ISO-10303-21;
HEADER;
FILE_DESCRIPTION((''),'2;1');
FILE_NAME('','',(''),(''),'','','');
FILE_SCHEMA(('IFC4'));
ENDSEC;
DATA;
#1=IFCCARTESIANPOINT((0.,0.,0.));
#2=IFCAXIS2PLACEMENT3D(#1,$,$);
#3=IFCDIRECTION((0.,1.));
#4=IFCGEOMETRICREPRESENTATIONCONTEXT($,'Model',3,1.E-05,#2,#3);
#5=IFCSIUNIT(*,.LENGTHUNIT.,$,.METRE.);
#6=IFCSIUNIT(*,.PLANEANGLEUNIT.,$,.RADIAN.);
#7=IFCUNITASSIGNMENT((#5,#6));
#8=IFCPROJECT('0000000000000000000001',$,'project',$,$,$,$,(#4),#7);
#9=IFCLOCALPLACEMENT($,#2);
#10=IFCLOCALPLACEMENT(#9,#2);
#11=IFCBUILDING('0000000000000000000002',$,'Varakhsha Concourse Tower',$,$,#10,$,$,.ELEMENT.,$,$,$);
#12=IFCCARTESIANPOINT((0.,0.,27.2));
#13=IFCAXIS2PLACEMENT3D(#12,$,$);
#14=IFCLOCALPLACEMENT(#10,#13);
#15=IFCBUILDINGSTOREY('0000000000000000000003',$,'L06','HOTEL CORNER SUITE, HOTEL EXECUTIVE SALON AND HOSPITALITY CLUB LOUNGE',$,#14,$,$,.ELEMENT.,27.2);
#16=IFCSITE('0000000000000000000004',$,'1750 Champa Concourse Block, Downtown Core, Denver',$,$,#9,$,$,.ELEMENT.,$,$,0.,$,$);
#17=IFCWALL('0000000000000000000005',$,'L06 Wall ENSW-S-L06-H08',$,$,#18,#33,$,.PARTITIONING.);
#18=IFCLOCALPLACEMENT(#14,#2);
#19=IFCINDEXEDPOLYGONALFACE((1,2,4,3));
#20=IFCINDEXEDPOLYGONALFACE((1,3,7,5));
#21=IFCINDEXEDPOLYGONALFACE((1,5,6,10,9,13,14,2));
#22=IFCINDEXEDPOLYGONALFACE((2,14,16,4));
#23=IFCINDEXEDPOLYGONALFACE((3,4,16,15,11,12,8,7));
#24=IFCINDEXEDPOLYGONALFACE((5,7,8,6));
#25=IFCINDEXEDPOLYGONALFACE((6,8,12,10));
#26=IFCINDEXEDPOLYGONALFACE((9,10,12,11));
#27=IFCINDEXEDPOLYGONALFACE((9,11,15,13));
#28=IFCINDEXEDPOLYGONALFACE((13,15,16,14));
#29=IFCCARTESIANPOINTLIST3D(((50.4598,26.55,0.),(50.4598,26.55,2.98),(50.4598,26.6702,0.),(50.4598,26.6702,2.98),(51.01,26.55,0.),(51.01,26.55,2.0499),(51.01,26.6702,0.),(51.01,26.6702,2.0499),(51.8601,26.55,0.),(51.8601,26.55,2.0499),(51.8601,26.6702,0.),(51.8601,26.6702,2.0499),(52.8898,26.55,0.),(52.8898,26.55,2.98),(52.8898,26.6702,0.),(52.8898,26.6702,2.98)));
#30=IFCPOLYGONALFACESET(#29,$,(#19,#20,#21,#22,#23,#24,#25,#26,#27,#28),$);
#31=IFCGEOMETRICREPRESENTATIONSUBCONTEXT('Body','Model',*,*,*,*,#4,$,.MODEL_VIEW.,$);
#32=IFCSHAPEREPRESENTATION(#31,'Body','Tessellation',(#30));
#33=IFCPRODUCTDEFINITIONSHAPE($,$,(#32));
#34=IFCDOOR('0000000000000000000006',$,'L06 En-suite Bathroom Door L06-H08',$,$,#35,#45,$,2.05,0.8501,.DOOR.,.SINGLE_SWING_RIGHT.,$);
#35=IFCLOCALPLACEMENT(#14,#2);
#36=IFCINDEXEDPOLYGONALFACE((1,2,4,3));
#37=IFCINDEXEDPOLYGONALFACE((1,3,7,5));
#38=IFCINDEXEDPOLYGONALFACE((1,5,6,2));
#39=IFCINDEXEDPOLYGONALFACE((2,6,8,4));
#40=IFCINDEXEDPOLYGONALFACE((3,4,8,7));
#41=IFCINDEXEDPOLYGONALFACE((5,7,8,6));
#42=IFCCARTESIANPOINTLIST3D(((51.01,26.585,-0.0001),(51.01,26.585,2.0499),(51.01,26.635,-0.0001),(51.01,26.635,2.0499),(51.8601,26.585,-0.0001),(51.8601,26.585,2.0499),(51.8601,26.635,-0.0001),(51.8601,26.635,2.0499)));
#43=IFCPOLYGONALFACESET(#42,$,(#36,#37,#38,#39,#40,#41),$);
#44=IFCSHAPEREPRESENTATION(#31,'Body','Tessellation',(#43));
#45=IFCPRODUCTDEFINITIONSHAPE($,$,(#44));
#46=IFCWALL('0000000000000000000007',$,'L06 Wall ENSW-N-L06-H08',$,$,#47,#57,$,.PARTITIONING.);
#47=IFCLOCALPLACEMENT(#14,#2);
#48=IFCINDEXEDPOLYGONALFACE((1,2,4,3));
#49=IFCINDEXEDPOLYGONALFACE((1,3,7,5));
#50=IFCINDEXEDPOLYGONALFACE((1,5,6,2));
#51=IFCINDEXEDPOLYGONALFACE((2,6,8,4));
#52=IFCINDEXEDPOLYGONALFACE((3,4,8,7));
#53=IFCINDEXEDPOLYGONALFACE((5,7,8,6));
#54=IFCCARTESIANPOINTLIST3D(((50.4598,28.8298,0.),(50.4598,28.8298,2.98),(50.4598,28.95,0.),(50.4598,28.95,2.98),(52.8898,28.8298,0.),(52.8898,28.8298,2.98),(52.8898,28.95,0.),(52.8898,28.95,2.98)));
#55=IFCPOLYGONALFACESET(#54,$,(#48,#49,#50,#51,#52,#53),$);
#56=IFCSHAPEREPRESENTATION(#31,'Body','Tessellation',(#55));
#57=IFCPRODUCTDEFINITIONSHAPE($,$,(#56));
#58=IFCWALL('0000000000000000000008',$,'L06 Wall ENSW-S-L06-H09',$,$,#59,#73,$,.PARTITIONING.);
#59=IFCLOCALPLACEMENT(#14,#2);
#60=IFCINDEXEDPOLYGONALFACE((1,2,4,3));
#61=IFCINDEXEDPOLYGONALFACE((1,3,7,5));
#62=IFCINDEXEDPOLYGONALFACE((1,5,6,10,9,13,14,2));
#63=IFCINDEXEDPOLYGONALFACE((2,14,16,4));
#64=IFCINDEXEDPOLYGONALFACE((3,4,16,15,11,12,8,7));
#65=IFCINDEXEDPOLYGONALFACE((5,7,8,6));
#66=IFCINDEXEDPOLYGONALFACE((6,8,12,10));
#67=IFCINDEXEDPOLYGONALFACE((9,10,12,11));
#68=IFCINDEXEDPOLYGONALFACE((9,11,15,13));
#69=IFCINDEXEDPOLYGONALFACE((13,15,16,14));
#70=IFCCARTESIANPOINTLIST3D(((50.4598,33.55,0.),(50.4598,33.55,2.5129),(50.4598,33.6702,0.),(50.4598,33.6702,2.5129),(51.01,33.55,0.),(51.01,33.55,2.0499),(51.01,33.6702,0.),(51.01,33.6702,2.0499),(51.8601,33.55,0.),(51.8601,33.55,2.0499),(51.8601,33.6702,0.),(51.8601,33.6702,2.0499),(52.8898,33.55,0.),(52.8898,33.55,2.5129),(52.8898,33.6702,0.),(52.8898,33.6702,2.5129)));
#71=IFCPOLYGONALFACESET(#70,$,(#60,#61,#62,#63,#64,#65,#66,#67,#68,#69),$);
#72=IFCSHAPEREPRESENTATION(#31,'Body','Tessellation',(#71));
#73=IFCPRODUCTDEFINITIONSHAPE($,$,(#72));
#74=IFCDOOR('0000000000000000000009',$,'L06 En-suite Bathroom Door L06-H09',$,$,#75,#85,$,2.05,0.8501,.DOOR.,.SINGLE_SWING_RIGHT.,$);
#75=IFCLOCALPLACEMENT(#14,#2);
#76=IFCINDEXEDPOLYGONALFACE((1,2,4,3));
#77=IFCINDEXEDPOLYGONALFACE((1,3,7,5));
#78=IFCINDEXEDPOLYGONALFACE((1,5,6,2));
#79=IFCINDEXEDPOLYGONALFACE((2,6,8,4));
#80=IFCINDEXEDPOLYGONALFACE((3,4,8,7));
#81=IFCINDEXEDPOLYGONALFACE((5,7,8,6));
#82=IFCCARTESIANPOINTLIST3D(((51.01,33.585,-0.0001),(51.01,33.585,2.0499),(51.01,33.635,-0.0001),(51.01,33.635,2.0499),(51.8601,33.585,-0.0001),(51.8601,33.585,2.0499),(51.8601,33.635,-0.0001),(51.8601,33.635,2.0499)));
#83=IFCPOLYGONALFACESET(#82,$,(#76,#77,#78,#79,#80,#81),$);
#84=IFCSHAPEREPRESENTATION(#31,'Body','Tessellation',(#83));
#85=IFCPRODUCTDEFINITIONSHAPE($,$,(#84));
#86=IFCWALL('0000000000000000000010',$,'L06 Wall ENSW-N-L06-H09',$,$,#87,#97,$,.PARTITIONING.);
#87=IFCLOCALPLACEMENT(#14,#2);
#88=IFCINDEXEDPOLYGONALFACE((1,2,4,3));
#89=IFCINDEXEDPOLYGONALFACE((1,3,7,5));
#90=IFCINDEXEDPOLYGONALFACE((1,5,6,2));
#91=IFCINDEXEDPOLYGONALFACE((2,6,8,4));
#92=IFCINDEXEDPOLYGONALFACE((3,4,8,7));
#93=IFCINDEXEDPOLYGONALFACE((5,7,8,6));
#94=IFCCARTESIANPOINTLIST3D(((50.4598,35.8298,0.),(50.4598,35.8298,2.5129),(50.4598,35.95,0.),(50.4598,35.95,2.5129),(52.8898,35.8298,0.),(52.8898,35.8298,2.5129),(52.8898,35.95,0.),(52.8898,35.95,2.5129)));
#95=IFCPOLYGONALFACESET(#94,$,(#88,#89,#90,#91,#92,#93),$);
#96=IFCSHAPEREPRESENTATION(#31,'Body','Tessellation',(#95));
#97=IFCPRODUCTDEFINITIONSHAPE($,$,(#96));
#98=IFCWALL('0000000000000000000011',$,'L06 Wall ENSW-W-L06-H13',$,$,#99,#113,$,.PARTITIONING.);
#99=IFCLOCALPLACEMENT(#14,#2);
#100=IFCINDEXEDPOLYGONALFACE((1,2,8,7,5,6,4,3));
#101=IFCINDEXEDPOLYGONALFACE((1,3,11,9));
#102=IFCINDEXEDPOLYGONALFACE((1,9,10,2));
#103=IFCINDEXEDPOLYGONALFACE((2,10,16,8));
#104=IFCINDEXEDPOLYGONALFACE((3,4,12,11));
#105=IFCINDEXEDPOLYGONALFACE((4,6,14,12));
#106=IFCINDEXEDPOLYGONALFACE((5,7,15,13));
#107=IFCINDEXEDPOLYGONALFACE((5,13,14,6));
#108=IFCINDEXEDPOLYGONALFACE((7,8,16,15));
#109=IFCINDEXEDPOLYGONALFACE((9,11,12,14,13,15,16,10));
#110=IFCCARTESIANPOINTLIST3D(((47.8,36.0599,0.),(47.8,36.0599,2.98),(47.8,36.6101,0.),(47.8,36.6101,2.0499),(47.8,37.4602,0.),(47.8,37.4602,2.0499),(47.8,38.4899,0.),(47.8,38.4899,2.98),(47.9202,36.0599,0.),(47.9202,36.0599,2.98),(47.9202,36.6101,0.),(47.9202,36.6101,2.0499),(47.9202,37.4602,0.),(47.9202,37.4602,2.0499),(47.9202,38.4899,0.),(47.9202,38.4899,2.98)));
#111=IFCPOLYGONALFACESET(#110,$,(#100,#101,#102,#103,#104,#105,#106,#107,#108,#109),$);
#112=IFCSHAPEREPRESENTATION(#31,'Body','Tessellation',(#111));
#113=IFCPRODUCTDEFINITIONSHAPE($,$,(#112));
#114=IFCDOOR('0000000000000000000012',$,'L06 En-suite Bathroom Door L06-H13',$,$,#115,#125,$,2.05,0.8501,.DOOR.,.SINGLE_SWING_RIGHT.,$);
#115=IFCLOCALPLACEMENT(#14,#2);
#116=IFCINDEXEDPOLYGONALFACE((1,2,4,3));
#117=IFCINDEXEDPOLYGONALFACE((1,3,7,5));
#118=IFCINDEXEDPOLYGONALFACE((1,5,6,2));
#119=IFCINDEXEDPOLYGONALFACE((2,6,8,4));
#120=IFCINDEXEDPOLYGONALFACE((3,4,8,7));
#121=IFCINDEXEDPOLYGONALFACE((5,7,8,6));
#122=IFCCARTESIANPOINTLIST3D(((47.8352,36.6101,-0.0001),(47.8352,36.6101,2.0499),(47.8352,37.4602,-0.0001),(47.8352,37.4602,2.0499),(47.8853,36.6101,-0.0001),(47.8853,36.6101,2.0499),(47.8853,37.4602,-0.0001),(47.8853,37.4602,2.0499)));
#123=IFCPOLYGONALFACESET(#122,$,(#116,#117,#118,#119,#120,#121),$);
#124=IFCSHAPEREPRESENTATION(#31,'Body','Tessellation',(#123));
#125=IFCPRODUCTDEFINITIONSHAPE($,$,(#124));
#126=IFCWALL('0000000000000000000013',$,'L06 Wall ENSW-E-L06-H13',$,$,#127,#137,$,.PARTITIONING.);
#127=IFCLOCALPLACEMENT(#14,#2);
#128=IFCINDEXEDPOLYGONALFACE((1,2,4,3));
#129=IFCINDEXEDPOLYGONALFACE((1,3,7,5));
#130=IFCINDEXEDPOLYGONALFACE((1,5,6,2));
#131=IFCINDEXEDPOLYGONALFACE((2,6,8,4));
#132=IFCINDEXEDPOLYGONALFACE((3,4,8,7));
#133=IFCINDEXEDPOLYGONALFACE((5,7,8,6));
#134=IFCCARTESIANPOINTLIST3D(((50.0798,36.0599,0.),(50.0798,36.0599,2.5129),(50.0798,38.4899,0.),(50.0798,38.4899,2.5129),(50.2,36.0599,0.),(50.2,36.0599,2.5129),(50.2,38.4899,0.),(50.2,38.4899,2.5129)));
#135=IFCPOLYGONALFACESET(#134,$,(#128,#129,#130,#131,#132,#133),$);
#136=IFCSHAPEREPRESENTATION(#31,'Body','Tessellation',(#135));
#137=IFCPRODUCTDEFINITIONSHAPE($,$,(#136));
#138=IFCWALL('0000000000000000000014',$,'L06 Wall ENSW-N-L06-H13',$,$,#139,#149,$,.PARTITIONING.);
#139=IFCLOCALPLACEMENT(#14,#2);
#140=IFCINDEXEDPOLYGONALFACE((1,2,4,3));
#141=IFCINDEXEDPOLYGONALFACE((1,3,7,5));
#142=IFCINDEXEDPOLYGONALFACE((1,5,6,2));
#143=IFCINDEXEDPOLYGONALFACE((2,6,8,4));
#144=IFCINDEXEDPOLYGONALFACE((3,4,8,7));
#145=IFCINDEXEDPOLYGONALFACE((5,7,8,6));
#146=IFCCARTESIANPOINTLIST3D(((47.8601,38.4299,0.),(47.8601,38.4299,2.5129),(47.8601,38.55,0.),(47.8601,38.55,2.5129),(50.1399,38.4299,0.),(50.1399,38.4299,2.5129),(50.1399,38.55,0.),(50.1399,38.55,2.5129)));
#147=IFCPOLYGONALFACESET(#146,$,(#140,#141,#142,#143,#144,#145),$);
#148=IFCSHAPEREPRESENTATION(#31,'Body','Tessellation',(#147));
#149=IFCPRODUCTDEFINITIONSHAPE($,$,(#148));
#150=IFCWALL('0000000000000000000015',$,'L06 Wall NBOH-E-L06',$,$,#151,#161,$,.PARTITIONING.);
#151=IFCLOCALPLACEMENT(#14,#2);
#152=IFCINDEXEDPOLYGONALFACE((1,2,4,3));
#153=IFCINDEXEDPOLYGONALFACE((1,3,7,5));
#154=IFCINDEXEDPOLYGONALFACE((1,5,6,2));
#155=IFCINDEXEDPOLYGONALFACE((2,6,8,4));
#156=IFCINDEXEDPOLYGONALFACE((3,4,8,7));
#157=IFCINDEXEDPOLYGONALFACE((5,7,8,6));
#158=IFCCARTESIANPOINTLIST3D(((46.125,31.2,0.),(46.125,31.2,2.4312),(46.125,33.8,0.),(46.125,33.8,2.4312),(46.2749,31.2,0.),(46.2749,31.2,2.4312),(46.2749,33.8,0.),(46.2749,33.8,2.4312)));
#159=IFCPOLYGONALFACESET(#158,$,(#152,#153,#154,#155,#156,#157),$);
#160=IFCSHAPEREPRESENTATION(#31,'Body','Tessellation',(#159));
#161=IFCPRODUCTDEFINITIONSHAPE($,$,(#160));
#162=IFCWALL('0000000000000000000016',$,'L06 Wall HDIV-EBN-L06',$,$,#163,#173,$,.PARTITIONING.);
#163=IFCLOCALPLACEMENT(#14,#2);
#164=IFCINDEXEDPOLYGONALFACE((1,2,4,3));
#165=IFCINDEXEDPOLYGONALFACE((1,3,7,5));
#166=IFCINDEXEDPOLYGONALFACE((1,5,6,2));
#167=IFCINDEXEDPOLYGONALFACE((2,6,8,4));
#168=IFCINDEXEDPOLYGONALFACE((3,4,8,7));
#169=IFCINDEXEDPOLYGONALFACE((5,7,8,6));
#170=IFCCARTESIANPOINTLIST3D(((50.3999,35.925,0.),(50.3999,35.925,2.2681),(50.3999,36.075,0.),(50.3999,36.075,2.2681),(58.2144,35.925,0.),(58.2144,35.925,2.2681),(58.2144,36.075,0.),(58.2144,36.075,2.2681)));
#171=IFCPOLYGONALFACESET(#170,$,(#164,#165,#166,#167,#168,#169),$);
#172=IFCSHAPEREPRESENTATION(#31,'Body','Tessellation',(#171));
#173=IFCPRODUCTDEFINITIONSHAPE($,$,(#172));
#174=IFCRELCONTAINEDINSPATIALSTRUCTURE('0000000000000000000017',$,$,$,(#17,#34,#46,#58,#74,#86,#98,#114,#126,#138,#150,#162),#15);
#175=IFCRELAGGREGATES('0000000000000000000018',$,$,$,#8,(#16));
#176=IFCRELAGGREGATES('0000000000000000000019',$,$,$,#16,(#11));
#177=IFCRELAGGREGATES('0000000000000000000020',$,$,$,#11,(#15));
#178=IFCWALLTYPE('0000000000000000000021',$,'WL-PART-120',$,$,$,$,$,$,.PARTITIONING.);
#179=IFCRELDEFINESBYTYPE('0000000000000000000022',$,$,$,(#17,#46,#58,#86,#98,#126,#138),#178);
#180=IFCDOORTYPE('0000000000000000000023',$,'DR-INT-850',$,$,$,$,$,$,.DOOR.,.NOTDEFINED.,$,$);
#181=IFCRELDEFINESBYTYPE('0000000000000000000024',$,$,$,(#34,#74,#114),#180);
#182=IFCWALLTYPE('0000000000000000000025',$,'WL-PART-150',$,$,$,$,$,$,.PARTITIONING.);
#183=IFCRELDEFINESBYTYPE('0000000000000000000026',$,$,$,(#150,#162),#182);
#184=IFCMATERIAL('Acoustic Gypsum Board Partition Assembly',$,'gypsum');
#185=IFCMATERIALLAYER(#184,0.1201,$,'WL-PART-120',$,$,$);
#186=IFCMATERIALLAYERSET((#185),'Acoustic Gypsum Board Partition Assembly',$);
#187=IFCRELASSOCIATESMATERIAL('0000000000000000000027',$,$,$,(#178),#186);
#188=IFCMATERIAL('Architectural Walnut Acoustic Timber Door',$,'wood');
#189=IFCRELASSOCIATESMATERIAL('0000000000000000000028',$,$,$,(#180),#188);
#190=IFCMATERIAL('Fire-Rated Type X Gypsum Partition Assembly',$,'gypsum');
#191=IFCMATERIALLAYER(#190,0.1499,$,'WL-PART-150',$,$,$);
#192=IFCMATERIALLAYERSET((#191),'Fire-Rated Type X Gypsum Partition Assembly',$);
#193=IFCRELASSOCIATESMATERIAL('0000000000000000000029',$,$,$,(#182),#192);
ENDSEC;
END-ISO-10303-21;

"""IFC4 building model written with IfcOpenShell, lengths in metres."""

from ifc_helpers import new_model, si_unit, direction, frame, frame_2d, origin, place, context, subcontext, project, spatial, rectangle, extrude, material, layer, layer_set, type_object, element, fill, save


model = new_model("IFC4")

# Units and contexts
model_context = context("Model", 3, precision=1e-05, world=origin(), true_north=direction((0.0, 1.0)))
body_context = subcontext(model_context, "Body", "Model", "MODEL_VIEW")
ifc_project = project(units=[si_unit("LENGTHUNIT", "METRE"), si_unit("PLANEANGLEUNIT", "RADIAN")], contexts=[model_context])

# Site, building, storey
site_placement = place(None, origin())
site = spatial("IfcSite", under=ifc_project, at=site_placement, Name="1750 Champa Concourse Block, Downtown Core, Denver", CompositionType="ELEMENT", RefElevation=0.0)
building_placement = place(site_placement, origin())
building = spatial("IfcBuilding", under=site, at=building_placement, Name="Varakhsha Concourse Tower", CompositionType="ELEMENT")
storey_placement = place(building_placement, frame((0.0, 0.0, 27.2)))
storey = spatial("IfcBuildingStorey", under=building, at=storey_placement, Name="L06", Description="HOTEL CORNER SUITE, HOTEL EXECUTIVE SALON AND HOSPITALITY CLUB LOUNGE", CompositionType="ELEMENT", Elevation=27.2)

# Wall, opening, door
ifc_material_1 = material(Name="Acoustic Gypsum Board Partition Assembly", Category="gypsum")
ifc_layer_1 = layer(ifc_material_1, 0.1201, Name="WL-PART-120")
ifc_layer_set_1 = layer_set([ifc_layer_1], Name="Acoustic Gypsum Board Partition Assembly")
wall_type_1 = type_object("IfcWallType", Name="WL-PART-120", PredefinedType="PARTITIONING", material=ifc_layer_set_1)
wall_1_placement = place(storey_placement, frame((50.46, 26.6101, 0.0), z_axis=(0.0, 0.0, 1.0), x_axis=(1.0, 0.0, 0.0)))
wall_1 = element("IfcWall", 1, at=wall_1_placement, inside=storey, type_object=wall_type_1, Name="L06 Wall ENSW-S-L06-H08", PredefinedType="PARTITIONING", context=body_context, shape_type="SweptSolid", body=[
    extrude(rectangle(XDim=2.4299, YDim=0.1201, at=frame_2d((1.2148, 0.0))), origin(), (0.0, 0.0, 1.0), 2.98),
])
opening_1_placement = place(wall_1_placement, frame((0.55, 0.0, 0.0)))
opening_1 = element("IfcOpeningElement", 2, at=opening_1_placement, cuts=wall_1, PredefinedType="OPENING", context=body_context, shape_type="SweptSolid", body=[
    extrude(rectangle(XDim=0.8501, YDim=2.05, at=frame_2d((0.425, 1.0249))), frame((0.0, 0.0701, 0.0), z_axis=(0.0, -1.0, 0.0), x_axis=(1.0, 0.0, 0.0)), (0.0, 0.0, 1.0), 0.1401),
])
ifc_material_2 = material(Name="Architectural Walnut Acoustic Timber Door", Category="wood")
door_type = type_object("IfcDoorType", Name="DR-INT-850", OperationType="NOTDEFINED", PredefinedType="DOOR", material=ifc_material_2)
door_1_placement = place(opening_1_placement, origin())
door_1 = element("IfcDoor", 3, at=door_1_placement, inside=storey, type_object=door_type, Name="L06 En-suite Bathroom Door L06-H08", OperationType="SINGLE_SWING_RIGHT", OverallHeight=2.05, OverallWidth=0.8501, PredefinedType="DOOR", context=body_context, shape_type="SweptSolid", body=[
    extrude(rectangle(XDim=0.8501, YDim=2.05, at=frame_2d((0.425, 1.0249))), frame((0.0, 0.0249, 0.0), z_axis=(0.0, -1.0, 0.0), x_axis=(1.0, 0.0, 0.0)), (0.0, 0.0, 1.0), 0.05),
])
fill(opening_1, door_1)

# Wall
wall_2_placement = place(storey_placement, frame((50.46, 28.8899, 0.0), z_axis=(0.0, 0.0, 1.0), x_axis=(1.0, 0.0, 0.0)))
element("IfcWall", 4, at=wall_2_placement, inside=storey, type_object=wall_type_1, Name="L06 Wall ENSW-N-L06-H08", PredefinedType="PARTITIONING", context=body_context, shape_type="SweptSolid", body=[
    extrude(rectangle(XDim=2.4299, YDim=0.1201, at=frame_2d((1.2148, 0.0))), origin(), (0.0, 0.0, 1.0), 2.98),
])

# Wall, opening, door
wall_3_placement = place(storey_placement, frame((50.46, 33.6101, 0.0), z_axis=(0.0, 0.0, 1.0), x_axis=(1.0, 0.0, 0.0)))
wall_3 = element("IfcWall", 5, at=wall_3_placement, inside=storey, type_object=wall_type_1, Name="L06 Wall ENSW-S-L06-H09", PredefinedType="PARTITIONING", context=body_context, shape_type="SweptSolid", body=[
    extrude(rectangle(XDim=2.4299, YDim=0.1201, at=frame_2d((1.2148, 0.0))), origin(), (0.0, 0.0, 1.0), 2.5129),
])
opening_2_placement = place(wall_3_placement, frame((0.55, 0.0, 0.0)))
opening_2 = element("IfcOpeningElement", 6, at=opening_2_placement, cuts=wall_3, PredefinedType="OPENING", context=body_context, shape_type="SweptSolid", body=[
    extrude(rectangle(XDim=0.8501, YDim=2.05, at=frame_2d((0.425, 1.0249))), frame((0.0, 0.0701, 0.0), z_axis=(0.0, -1.0, 0.0), x_axis=(1.0, 0.0, 0.0)), (0.0, 0.0, 1.0), 0.1401),
])
door_2_placement = place(opening_2_placement, origin())
door_2 = element("IfcDoor", 7, at=door_2_placement, inside=storey, type_object=door_type, Name="L06 En-suite Bathroom Door L06-H09", OperationType="SINGLE_SWING_RIGHT", OverallHeight=2.05, OverallWidth=0.8501, PredefinedType="DOOR", context=body_context, shape_type="SweptSolid", body=[
    extrude(rectangle(XDim=0.8501, YDim=2.05, at=frame_2d((0.425, 1.0249))), frame((0.0, 0.0249, 0.0), z_axis=(0.0, -1.0, 0.0), x_axis=(1.0, 0.0, 0.0)), (0.0, 0.0, 1.0), 0.05),
])
fill(opening_2, door_2)

# Wall
wall_4_placement = place(storey_placement, frame((50.46, 35.8899, 0.0), z_axis=(0.0, 0.0, 1.0), x_axis=(1.0, 0.0, 0.0)))
element("IfcWall", 8, at=wall_4_placement, inside=storey, type_object=wall_type_1, Name="L06 Wall ENSW-N-L06-H09", PredefinedType="PARTITIONING", context=body_context, shape_type="SweptSolid", body=[
    extrude(rectangle(XDim=2.4299, YDim=0.1201, at=frame_2d((1.2148, 0.0))), origin(), (0.0, 0.0, 1.0), 2.5129),
])

# Wall, opening, door
wall_5_placement = place(storey_placement, frame((47.8601, 36.0601, 0.0), z_axis=(0.0, 0.0, 1.0), x_axis=(0.0, 1.0, 0.0)))
wall_5 = element("IfcWall", 9, at=wall_5_placement, inside=storey, type_object=wall_type_1, Name="L06 Wall ENSW-W-L06-H13", PredefinedType="PARTITIONING", context=body_context, shape_type="SweptSolid", body=[
    extrude(rectangle(XDim=2.4299, YDim=0.1201, at=frame_2d((1.2148, 0.0))), origin(), (0.0, 0.0, 1.0), 2.98),
])
opening_3_placement = place(wall_5_placement, frame((0.55, 0.0, 0.0)))
opening_3 = element("IfcOpeningElement", 10, at=opening_3_placement, cuts=wall_5, PredefinedType="OPENING", context=body_context, shape_type="SweptSolid", body=[
    extrude(rectangle(XDim=0.8501, YDim=2.05, at=frame_2d((0.425, 1.0249))), frame((0.0, 0.0701, 0.0), z_axis=(0.0, -1.0, 0.0), x_axis=(1.0, 0.0, 0.0)), (0.0, 0.0, 1.0), 0.1401),
])
door_3_placement = place(opening_3_placement, origin())
door_3 = element("IfcDoor", 11, at=door_3_placement, inside=storey, type_object=door_type, Name="L06 En-suite Bathroom Door L06-H13", OperationType="SINGLE_SWING_RIGHT", OverallHeight=2.05, OverallWidth=0.8501, PredefinedType="DOOR", context=body_context, shape_type="SweptSolid", body=[
    extrude(rectangle(XDim=0.8501, YDim=2.05, at=frame_2d((0.425, 1.0249))), frame((0.0, 0.0249, 0.0), z_axis=(0.0, -1.0, 0.0), x_axis=(1.0, 0.0, 0.0)), (0.0, 0.0, 1.0), 0.05),
])
fill(opening_3, door_3)

# Walls
wall_6_placement = place(storey_placement, frame((50.1399, 36.0601, 0.0), z_axis=(0.0, 0.0, 1.0), x_axis=(0.0, 1.0, 0.0)))
element("IfcWall", 12, at=wall_6_placement, inside=storey, type_object=wall_type_1, Name="L06 Wall ENSW-E-L06-H13", PredefinedType="PARTITIONING", context=body_context, shape_type="SweptSolid", body=[
    extrude(rectangle(XDim=2.4299, YDim=0.1201, at=frame_2d((1.2148, 0.0))), origin(), (0.0, 0.0, 1.0), 2.5129),
])
wall_7_placement = place(storey_placement, frame((47.8601, 38.49, 0.0), z_axis=(0.0, 0.0, 1.0), x_axis=(1.0, 0.0, 0.0)))
element("IfcWall", 13, at=wall_7_placement, inside=storey, type_object=wall_type_1, Name="L06 Wall ENSW-N-L06-H13", PredefinedType="PARTITIONING", context=body_context, shape_type="SweptSolid", body=[
    extrude(rectangle(XDim=2.2798, YDim=0.1201, at=frame_2d((1.1399, 0.0))), origin(), (0.0, 0.0, 1.0), 2.5129),
])
ifc_material_3 = material(Name="Fire-Rated Type X Gypsum Partition Assembly", Category="gypsum")
ifc_layer_2 = layer(ifc_material_3, 0.1499, Name="WL-PART-150")
ifc_layer_set_2 = layer_set([ifc_layer_2], Name="Fire-Rated Type X Gypsum Partition Assembly")
wall_type_2 = type_object("IfcWallType", Name="WL-PART-150", PredefinedType="PARTITIONING", material=ifc_layer_set_2)
wall_8_placement = place(storey_placement, frame((46.2, 31.2, 0.0), z_axis=(0.0, 0.0, 1.0), x_axis=(0.0, 1.0, 0.0)))
element("IfcWall", 14, at=wall_8_placement, inside=storey, type_object=wall_type_2, Name="L06 Wall NBOH-E-L06", PredefinedType="PARTITIONING", context=body_context, shape_type="SweptSolid", body=[
    extrude(rectangle(XDim=2.6001, YDim=0.1499, at=frame_2d((1.3, 0.0))), origin(), (0.0, 0.0, 1.0), 2.4312),
])
wall_9_placement = place(storey_placement, frame((50.3999, 36.0, 0.0), z_axis=(0.0, 0.0, 1.0), x_axis=(1.0, 0.0, 0.0)))
element("IfcWall", 15, at=wall_9_placement, inside=storey, type_object=wall_type_2, Name="L06 Wall HDIV-EBN-L06", PredefinedType="PARTITIONING", context=body_context, shape_type="SweptSolid", body=[
    extrude(rectangle(XDim=7.8145, YDim=0.1499, at=frame_2d((3.9072, 0.0))), origin(), (0.0, 0.0, 1.0), 2.2681),
])

save(model, "model.ifc")
